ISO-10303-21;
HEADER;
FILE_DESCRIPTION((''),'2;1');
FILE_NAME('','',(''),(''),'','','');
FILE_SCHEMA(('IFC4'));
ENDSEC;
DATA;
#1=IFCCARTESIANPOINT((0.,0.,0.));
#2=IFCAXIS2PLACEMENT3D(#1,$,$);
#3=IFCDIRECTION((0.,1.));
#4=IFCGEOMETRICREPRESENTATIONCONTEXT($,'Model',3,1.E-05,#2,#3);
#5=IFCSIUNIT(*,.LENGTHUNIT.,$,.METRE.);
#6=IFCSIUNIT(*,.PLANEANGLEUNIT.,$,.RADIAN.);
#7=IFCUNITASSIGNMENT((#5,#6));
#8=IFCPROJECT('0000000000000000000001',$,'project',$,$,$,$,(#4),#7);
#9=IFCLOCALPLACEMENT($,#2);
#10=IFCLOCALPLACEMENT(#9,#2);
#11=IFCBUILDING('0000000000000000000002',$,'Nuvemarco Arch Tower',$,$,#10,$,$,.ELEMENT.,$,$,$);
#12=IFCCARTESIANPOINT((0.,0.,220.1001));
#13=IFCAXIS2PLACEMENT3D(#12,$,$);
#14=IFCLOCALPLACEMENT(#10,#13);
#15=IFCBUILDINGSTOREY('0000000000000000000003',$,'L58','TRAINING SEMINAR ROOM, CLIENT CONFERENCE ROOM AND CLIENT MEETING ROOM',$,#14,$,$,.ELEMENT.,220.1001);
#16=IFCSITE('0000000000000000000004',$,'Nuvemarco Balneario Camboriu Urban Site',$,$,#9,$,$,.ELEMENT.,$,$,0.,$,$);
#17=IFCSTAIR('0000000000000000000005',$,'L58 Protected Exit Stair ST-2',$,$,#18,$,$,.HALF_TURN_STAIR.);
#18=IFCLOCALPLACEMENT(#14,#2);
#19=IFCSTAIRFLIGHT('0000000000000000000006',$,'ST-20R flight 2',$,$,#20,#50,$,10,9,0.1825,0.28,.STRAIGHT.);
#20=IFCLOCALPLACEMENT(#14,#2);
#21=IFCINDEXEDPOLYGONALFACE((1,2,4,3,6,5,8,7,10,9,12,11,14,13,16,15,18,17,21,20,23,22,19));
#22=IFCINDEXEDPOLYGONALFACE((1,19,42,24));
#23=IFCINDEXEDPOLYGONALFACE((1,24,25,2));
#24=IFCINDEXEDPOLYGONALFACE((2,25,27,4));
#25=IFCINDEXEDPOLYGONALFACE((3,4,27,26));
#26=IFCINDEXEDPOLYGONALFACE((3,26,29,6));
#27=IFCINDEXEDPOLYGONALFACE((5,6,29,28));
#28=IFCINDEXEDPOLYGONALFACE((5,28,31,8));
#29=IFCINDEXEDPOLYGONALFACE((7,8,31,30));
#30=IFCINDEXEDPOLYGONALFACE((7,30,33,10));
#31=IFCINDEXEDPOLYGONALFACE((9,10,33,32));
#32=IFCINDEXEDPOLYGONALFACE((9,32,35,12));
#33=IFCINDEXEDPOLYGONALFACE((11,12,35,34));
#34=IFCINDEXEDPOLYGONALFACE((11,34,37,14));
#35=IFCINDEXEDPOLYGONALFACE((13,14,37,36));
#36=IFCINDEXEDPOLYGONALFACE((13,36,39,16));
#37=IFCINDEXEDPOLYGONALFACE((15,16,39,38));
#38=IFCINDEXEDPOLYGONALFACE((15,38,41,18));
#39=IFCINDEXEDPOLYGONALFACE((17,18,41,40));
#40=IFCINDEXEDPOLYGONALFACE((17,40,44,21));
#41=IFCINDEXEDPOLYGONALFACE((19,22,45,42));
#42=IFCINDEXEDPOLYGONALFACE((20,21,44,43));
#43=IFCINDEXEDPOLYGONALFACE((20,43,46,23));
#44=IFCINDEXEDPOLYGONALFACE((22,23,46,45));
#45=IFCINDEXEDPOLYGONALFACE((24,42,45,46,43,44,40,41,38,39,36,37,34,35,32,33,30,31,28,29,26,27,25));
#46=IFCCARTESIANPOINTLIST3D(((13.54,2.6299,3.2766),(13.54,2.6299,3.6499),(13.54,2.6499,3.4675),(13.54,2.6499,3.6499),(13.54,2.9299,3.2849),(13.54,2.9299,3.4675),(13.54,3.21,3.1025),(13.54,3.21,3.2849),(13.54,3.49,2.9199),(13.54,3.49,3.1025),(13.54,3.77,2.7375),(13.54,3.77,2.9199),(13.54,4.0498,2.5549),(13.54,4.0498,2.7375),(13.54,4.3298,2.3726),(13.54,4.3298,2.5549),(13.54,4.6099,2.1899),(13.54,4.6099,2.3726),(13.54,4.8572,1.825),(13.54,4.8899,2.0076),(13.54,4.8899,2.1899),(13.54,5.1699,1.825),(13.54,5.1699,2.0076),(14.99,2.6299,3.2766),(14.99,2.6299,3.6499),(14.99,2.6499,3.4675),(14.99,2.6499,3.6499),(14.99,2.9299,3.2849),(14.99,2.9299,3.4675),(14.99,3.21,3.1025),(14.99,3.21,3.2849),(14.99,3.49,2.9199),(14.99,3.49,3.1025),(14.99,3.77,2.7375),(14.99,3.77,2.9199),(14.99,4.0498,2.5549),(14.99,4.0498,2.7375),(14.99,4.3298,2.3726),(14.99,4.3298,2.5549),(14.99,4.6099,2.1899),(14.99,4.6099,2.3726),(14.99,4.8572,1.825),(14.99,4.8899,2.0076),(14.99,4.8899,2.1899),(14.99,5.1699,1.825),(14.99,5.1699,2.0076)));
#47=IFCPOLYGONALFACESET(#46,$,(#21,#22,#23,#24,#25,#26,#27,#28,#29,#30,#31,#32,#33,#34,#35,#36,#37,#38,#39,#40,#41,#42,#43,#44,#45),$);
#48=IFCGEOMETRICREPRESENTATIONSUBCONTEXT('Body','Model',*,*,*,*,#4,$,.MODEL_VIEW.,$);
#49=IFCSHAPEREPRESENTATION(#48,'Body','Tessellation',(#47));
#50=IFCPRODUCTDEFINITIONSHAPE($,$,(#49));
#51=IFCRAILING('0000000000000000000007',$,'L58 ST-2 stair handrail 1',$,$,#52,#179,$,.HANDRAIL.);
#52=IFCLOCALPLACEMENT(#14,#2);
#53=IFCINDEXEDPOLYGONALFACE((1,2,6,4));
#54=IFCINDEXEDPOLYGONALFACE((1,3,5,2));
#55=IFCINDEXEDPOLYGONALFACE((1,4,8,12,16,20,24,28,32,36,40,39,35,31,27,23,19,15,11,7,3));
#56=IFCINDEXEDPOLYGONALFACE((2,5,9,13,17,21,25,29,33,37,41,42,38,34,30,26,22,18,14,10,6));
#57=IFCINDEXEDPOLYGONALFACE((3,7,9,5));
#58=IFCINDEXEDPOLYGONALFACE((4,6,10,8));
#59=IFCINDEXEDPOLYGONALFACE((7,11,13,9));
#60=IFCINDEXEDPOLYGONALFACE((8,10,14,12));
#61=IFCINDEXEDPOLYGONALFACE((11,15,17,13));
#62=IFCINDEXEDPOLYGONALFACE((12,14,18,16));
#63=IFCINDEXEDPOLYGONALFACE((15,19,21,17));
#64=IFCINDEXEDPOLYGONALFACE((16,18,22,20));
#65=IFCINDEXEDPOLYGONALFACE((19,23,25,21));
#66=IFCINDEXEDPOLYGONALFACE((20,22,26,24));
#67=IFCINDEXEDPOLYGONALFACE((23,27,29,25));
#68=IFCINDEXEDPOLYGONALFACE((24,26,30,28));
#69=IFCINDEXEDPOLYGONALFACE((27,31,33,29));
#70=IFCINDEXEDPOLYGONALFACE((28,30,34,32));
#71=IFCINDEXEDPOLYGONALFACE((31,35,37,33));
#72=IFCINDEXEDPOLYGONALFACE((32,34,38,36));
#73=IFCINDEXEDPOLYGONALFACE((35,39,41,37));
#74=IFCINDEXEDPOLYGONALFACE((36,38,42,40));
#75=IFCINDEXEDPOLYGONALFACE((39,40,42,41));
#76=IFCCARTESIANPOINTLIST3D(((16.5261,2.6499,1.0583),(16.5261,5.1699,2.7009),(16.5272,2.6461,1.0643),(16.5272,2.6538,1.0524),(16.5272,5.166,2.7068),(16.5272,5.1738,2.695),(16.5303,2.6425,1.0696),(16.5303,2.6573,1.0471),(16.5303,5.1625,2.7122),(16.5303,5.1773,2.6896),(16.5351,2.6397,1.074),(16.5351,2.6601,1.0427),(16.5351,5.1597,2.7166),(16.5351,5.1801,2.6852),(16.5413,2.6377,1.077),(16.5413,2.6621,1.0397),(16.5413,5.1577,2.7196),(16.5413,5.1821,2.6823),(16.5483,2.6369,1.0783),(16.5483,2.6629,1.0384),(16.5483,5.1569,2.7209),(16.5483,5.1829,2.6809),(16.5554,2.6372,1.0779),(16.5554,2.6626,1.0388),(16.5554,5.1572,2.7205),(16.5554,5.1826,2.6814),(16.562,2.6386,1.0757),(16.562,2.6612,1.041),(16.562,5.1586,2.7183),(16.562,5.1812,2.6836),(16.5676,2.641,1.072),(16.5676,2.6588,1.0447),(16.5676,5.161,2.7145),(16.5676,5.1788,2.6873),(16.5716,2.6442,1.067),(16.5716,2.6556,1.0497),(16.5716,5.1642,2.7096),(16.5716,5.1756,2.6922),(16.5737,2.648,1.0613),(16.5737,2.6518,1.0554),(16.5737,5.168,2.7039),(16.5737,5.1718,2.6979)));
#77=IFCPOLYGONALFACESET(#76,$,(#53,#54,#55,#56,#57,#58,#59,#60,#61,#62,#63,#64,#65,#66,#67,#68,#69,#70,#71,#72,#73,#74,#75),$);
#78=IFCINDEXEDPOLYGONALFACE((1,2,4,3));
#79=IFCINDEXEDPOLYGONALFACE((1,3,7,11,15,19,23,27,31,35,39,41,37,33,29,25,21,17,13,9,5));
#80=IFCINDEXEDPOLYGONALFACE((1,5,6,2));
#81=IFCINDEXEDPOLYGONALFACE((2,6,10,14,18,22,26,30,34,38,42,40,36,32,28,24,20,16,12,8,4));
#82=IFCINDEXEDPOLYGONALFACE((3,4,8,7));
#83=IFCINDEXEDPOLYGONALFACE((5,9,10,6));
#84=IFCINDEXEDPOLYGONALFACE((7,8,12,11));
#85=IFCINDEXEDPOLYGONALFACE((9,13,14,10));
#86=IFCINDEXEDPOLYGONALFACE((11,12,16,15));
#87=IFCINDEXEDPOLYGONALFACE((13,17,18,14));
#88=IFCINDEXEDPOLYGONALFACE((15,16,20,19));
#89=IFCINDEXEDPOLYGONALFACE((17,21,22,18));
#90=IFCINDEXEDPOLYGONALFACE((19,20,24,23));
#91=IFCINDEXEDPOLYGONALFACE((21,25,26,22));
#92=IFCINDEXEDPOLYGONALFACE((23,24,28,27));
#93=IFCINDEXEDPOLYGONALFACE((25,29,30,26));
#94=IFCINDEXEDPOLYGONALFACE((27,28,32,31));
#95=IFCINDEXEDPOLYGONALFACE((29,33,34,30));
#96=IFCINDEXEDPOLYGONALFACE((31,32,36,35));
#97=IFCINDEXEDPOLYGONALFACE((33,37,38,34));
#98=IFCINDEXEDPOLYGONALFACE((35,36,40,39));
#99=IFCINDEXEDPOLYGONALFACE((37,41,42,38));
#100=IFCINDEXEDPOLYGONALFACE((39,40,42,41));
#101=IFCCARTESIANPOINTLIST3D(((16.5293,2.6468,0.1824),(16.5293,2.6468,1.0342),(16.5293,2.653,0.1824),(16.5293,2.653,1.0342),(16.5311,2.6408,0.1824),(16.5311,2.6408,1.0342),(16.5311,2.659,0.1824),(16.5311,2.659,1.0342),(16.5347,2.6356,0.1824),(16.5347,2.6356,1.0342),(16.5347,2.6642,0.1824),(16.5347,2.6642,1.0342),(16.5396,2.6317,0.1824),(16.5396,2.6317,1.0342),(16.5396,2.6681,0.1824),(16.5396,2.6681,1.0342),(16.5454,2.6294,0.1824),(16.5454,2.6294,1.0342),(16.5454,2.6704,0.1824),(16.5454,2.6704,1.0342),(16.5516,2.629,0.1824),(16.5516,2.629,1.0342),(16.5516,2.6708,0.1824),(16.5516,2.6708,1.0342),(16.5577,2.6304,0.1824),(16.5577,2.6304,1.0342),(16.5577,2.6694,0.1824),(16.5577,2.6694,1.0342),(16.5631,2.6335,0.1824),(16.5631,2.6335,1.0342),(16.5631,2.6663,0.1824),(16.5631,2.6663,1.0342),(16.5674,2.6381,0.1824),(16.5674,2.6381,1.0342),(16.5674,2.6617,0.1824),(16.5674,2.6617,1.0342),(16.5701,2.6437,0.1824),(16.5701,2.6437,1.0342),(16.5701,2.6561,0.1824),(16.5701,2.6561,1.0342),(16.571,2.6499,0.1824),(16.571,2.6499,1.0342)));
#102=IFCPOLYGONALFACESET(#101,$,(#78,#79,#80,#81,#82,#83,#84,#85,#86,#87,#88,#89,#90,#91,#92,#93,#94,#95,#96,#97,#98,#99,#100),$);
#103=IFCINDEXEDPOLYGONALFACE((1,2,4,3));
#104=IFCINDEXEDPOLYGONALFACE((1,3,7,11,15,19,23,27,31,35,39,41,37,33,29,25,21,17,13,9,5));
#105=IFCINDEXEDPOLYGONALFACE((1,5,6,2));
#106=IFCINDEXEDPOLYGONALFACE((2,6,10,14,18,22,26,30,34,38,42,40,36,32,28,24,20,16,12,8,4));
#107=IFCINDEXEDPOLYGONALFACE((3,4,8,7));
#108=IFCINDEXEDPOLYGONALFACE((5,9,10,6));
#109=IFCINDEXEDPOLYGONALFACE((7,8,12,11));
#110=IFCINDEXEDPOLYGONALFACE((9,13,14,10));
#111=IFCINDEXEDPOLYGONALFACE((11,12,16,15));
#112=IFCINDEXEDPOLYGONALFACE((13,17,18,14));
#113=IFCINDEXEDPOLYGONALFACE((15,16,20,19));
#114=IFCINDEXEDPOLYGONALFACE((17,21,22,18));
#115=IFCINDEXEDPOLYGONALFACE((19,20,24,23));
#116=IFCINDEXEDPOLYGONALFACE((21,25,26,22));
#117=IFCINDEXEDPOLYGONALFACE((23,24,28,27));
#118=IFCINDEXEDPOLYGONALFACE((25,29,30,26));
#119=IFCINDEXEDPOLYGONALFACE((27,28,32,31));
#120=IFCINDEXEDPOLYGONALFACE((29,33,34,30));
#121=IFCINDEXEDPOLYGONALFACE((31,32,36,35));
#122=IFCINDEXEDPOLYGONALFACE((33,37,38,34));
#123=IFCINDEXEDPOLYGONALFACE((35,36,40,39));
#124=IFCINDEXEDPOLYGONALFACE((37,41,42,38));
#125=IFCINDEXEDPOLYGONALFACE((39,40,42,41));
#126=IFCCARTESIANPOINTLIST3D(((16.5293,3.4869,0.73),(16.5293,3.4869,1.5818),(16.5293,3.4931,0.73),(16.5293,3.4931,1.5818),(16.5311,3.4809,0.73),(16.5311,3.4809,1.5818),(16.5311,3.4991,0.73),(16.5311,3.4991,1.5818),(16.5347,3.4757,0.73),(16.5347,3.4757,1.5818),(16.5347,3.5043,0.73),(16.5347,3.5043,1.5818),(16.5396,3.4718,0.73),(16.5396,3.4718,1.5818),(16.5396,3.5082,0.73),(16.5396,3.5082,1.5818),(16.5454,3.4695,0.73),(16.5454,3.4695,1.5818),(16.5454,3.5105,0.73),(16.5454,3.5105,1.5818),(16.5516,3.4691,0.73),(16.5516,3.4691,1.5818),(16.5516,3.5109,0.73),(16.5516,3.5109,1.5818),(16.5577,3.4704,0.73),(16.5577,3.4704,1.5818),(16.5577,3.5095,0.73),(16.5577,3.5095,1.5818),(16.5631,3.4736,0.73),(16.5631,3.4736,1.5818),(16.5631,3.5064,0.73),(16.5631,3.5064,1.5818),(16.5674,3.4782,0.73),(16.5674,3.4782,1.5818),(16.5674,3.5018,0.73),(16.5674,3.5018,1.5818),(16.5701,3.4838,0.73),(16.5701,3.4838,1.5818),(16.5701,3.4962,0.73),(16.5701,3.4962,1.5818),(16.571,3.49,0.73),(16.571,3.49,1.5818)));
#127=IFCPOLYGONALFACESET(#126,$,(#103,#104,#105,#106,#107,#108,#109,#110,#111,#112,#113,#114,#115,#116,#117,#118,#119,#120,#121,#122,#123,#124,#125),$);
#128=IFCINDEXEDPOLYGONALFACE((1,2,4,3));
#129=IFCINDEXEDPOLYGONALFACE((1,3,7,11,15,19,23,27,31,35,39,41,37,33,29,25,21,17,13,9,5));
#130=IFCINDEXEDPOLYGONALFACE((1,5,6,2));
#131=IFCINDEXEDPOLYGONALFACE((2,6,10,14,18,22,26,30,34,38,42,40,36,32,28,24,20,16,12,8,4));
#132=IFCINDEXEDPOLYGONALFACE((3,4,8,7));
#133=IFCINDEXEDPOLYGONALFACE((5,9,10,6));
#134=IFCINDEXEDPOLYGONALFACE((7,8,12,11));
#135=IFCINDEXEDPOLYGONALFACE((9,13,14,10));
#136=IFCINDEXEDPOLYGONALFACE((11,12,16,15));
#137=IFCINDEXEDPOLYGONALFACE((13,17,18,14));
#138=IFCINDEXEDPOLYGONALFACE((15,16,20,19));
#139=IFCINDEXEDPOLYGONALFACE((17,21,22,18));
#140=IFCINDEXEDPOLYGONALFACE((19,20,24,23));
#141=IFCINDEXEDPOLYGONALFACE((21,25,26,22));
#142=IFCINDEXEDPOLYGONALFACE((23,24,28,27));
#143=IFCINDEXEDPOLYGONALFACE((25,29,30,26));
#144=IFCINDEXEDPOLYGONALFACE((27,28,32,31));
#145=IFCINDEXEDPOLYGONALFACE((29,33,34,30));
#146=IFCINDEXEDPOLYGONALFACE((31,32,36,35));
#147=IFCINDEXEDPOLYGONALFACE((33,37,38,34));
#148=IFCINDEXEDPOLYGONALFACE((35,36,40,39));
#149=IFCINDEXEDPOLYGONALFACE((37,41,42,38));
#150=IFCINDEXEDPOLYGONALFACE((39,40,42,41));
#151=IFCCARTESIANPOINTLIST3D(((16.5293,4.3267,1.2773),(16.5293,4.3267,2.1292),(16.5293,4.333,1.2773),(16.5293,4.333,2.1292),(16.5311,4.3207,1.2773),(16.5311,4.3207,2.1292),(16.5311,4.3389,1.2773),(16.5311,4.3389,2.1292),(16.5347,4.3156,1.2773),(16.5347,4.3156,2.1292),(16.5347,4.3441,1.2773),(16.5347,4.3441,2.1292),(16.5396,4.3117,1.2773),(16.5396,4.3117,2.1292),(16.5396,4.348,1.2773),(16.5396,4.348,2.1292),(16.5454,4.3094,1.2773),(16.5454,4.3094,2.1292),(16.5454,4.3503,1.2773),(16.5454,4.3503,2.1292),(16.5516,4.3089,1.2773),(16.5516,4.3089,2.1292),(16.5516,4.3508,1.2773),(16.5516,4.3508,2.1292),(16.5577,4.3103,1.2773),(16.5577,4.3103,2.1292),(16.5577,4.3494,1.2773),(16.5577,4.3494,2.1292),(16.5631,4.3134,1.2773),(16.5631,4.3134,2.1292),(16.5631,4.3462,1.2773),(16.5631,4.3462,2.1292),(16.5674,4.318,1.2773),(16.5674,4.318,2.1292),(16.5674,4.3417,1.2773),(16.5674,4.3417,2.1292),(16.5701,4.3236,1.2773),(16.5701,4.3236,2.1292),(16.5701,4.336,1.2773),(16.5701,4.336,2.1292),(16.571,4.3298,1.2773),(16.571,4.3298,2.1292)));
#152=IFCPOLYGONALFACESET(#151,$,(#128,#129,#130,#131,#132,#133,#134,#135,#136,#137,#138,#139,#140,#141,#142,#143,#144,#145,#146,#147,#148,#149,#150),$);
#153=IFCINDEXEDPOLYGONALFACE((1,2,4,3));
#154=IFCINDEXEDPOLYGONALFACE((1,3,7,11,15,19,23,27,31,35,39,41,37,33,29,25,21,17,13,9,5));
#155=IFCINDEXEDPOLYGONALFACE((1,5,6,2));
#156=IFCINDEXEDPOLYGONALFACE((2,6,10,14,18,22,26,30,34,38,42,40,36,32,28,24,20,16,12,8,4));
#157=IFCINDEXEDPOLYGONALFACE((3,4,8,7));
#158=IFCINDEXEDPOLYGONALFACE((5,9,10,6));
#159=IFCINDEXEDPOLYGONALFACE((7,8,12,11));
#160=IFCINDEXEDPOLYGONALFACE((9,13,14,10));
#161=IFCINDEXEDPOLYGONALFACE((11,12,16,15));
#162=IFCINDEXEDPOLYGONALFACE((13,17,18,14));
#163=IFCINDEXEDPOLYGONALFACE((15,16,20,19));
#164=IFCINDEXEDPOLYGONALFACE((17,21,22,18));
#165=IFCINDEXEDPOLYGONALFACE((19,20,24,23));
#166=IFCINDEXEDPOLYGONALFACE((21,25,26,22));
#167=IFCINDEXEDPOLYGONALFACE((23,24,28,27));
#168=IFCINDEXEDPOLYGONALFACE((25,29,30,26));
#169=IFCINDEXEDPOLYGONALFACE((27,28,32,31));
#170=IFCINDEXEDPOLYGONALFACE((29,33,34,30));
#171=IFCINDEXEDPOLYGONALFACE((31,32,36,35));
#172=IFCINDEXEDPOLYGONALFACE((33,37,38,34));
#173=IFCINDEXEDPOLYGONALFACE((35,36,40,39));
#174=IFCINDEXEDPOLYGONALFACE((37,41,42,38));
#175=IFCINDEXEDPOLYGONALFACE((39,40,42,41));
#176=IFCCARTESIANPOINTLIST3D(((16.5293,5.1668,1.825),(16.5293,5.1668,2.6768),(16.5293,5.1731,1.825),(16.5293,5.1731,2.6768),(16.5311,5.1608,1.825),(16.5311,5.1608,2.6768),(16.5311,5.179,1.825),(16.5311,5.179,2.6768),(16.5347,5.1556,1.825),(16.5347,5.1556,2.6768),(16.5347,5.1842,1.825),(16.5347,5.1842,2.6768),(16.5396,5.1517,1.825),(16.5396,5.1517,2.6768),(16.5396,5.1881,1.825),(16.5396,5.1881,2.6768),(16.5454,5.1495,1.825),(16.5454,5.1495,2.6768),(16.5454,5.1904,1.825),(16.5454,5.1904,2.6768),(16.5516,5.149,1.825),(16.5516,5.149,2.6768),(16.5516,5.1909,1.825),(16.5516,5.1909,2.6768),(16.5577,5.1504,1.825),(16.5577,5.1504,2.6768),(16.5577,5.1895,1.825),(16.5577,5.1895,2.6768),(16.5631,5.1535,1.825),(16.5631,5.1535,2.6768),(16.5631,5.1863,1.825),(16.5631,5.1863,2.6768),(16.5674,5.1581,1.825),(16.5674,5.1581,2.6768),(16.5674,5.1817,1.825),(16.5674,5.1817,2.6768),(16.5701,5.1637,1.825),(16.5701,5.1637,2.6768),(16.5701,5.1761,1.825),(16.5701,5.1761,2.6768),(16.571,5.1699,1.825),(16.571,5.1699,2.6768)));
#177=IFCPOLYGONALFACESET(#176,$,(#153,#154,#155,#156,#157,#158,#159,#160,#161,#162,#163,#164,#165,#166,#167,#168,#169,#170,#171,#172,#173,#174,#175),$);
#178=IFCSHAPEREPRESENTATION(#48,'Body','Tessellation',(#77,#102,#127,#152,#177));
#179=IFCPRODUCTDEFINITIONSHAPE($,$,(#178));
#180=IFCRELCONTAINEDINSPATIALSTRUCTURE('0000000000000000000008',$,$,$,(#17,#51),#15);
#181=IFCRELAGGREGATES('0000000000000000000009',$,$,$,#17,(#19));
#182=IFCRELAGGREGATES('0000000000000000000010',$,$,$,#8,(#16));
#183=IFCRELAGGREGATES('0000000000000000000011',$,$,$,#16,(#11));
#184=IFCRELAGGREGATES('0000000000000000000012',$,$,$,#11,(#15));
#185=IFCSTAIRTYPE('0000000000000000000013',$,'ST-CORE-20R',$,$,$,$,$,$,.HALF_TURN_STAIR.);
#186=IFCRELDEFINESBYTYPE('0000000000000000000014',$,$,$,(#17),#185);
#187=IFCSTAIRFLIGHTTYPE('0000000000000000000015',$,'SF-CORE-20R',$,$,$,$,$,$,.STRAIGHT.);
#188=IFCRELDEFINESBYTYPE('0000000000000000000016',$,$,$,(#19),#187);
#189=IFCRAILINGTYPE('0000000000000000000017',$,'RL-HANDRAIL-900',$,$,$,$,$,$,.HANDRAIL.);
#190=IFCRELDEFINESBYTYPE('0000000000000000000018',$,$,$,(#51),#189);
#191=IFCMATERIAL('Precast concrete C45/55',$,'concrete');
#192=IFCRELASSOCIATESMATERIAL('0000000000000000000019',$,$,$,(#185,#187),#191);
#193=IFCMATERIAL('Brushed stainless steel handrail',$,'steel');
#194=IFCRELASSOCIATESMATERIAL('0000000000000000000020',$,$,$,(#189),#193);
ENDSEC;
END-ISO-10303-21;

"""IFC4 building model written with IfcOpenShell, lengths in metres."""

from ifc_helpers import new_model, si_unit, direction, frame, origin, origin_2d, place, context, subcontext, project, spatial, polyline, circle, outline, extrude, material, type_object, element, aggregate, save


model = new_model("IFC4")

# Units and contexts
model_context = context("Model", 3, precision=1e-05, world=origin(), true_north=direction((0.0, 1.0)))
body_context = subcontext(model_context, "Body", "Model", "MODEL_VIEW")
ifc_project = project(units=[si_unit("LENGTHUNIT", "METRE"), si_unit("PLANEANGLEUNIT", "RADIAN")], contexts=[model_context])

# Site, building, storey
site_placement = place(None, origin())
site = spatial("IfcSite", under=ifc_project, at=site_placement, Name="Nuvemarco Balneario Camboriu Urban Site", CompositionType="ELEMENT", RefElevation=0.0)
building_placement = place(site_placement, origin())
building = spatial("IfcBuilding", under=site, at=building_placement, Name="Nuvemarco Arch Tower", CompositionType="ELEMENT")
storey_placement = place(building_placement, frame((0.0, 0.0, 220.1001)))
storey = spatial("IfcBuildingStorey", under=building, at=storey_placement, Name="L58", Description="TRAINING SEMINAR ROOM, CLIENT CONFERENCE ROOM AND CLIENT MEETING ROOM", CompositionType="ELEMENT", Elevation=220.1001)

# Shared definitions
ifc_material_1 = material(Name="Precast concrete C45/55", Category="concrete")

# Stair, stair flight
stair_type = type_object("IfcStairType", Name="ST-CORE-20R", PredefinedType="HALF_TURN_STAIR", material=ifc_material_1)
stair_placement = place(storey_placement, origin())
stair = element("IfcStair", 1, at=stair_placement, inside=storey, type_object=stair_type, Name="L58 Protected Exit Stair ST-2", PredefinedType="HALF_TURN_STAIR")
stair_flight_type = type_object("IfcStairFlightType", Name="SF-CORE-20R", PredefinedType="STRAIGHT", material=ifc_material_1)
stair_flight_1_placement = place(storey_placement, frame((14.2649, 5.1699, 1.825), z_axis=(0.0, 0.0, 1.0), x_axis=(0.0, -1.0, 0.0)))
stair_flight_1 = element("IfcStairFlight", 2, at=stair_flight_1_placement, type_object=stair_flight_type, Name="ST-20R flight 2", NumberOfRisers=10, NumberOfTreads=9, PredefinedType="STRAIGHT", RiserHeight=0.1825, TreadLength=0.28, context=body_context, shape_type="SweptSolid", body=[
    extrude(outline(polyline([(0.0, 0.0), (0.0, 0.1826), (0.28, 0.1826), (0.28, 0.365), (0.5601, 0.365), (0.5601, 0.5476), (0.8401, 0.5476), (0.8401, 0.73), (1.1201, 0.73), (1.1201, 0.9126), (1.3999, 0.9126), (1.3999, 1.095), (1.6799, 1.095), (1.6799, 1.2776), (1.96, 1.2776), (1.96, 1.46), (2.24, 1.46), (2.24, 1.6426), (2.52, 1.6426), (2.52, 1.825), (2.54, 1.825), (2.54, 1.4517), (0.3127, 0.0), (0.0, 0.0)])), frame((0.0, 0.7251, 0.0), z_axis=(0.0, -1.0, 0.0), x_axis=(1.0, 0.0, 0.0)), (0.0, 0.0, 1.0), 1.45),
])
aggregate(stair, [stair_flight_1])

# Railing
ifc_material_2 = material(Name="Brushed stainless steel handrail", Category="steel")
railing_type_1 = type_object("IfcRailingType", Name="RL-HANDRAIL-900", PredefinedType="HANDRAIL", material=ifc_material_2)
railing_1_placement = place(storey_placement, frame((16.55, 2.6499, 0.1824)))
element("IfcRailing", 3, at=railing_1_placement, inside=storey, type_object=railing_type_1, Name="L58 ST-2 stair handrail 1", PredefinedType="HANDRAIL", context=body_context, shape_type="SweptSolid", body=[
    extrude(circle(Radius=0.0239, at=origin_2d()), frame((0.0, 0.0, 0.876), z_axis=(0.0, 0.837749, 0.546055), x_axis=(-1.0, 0.0, 0.0)), (0.0, 0.0, 1.0), 3.0081),
    extrude(circle(Radius=0.021, at=origin_2d()), origin(), (0.0, 0.0, 1.0), 0.8518),
    extrude(circle(Radius=0.021, at=origin_2d()), frame((0.0, 0.8401, 0.5476)), (0.0, 0.0, 1.0), 0.8518),
    extrude(circle(Radius=0.021, at=origin_2d()), frame((0.0, 1.6799, 1.095)), (0.0, 0.0, 1.0), 0.8518),
    extrude(circle(Radius=0.021, at=origin_2d()), frame((0.0, 2.52, 1.6426)), (0.0, 0.0, 1.0), 0.8518),
])

save(model, "model.ifc")
